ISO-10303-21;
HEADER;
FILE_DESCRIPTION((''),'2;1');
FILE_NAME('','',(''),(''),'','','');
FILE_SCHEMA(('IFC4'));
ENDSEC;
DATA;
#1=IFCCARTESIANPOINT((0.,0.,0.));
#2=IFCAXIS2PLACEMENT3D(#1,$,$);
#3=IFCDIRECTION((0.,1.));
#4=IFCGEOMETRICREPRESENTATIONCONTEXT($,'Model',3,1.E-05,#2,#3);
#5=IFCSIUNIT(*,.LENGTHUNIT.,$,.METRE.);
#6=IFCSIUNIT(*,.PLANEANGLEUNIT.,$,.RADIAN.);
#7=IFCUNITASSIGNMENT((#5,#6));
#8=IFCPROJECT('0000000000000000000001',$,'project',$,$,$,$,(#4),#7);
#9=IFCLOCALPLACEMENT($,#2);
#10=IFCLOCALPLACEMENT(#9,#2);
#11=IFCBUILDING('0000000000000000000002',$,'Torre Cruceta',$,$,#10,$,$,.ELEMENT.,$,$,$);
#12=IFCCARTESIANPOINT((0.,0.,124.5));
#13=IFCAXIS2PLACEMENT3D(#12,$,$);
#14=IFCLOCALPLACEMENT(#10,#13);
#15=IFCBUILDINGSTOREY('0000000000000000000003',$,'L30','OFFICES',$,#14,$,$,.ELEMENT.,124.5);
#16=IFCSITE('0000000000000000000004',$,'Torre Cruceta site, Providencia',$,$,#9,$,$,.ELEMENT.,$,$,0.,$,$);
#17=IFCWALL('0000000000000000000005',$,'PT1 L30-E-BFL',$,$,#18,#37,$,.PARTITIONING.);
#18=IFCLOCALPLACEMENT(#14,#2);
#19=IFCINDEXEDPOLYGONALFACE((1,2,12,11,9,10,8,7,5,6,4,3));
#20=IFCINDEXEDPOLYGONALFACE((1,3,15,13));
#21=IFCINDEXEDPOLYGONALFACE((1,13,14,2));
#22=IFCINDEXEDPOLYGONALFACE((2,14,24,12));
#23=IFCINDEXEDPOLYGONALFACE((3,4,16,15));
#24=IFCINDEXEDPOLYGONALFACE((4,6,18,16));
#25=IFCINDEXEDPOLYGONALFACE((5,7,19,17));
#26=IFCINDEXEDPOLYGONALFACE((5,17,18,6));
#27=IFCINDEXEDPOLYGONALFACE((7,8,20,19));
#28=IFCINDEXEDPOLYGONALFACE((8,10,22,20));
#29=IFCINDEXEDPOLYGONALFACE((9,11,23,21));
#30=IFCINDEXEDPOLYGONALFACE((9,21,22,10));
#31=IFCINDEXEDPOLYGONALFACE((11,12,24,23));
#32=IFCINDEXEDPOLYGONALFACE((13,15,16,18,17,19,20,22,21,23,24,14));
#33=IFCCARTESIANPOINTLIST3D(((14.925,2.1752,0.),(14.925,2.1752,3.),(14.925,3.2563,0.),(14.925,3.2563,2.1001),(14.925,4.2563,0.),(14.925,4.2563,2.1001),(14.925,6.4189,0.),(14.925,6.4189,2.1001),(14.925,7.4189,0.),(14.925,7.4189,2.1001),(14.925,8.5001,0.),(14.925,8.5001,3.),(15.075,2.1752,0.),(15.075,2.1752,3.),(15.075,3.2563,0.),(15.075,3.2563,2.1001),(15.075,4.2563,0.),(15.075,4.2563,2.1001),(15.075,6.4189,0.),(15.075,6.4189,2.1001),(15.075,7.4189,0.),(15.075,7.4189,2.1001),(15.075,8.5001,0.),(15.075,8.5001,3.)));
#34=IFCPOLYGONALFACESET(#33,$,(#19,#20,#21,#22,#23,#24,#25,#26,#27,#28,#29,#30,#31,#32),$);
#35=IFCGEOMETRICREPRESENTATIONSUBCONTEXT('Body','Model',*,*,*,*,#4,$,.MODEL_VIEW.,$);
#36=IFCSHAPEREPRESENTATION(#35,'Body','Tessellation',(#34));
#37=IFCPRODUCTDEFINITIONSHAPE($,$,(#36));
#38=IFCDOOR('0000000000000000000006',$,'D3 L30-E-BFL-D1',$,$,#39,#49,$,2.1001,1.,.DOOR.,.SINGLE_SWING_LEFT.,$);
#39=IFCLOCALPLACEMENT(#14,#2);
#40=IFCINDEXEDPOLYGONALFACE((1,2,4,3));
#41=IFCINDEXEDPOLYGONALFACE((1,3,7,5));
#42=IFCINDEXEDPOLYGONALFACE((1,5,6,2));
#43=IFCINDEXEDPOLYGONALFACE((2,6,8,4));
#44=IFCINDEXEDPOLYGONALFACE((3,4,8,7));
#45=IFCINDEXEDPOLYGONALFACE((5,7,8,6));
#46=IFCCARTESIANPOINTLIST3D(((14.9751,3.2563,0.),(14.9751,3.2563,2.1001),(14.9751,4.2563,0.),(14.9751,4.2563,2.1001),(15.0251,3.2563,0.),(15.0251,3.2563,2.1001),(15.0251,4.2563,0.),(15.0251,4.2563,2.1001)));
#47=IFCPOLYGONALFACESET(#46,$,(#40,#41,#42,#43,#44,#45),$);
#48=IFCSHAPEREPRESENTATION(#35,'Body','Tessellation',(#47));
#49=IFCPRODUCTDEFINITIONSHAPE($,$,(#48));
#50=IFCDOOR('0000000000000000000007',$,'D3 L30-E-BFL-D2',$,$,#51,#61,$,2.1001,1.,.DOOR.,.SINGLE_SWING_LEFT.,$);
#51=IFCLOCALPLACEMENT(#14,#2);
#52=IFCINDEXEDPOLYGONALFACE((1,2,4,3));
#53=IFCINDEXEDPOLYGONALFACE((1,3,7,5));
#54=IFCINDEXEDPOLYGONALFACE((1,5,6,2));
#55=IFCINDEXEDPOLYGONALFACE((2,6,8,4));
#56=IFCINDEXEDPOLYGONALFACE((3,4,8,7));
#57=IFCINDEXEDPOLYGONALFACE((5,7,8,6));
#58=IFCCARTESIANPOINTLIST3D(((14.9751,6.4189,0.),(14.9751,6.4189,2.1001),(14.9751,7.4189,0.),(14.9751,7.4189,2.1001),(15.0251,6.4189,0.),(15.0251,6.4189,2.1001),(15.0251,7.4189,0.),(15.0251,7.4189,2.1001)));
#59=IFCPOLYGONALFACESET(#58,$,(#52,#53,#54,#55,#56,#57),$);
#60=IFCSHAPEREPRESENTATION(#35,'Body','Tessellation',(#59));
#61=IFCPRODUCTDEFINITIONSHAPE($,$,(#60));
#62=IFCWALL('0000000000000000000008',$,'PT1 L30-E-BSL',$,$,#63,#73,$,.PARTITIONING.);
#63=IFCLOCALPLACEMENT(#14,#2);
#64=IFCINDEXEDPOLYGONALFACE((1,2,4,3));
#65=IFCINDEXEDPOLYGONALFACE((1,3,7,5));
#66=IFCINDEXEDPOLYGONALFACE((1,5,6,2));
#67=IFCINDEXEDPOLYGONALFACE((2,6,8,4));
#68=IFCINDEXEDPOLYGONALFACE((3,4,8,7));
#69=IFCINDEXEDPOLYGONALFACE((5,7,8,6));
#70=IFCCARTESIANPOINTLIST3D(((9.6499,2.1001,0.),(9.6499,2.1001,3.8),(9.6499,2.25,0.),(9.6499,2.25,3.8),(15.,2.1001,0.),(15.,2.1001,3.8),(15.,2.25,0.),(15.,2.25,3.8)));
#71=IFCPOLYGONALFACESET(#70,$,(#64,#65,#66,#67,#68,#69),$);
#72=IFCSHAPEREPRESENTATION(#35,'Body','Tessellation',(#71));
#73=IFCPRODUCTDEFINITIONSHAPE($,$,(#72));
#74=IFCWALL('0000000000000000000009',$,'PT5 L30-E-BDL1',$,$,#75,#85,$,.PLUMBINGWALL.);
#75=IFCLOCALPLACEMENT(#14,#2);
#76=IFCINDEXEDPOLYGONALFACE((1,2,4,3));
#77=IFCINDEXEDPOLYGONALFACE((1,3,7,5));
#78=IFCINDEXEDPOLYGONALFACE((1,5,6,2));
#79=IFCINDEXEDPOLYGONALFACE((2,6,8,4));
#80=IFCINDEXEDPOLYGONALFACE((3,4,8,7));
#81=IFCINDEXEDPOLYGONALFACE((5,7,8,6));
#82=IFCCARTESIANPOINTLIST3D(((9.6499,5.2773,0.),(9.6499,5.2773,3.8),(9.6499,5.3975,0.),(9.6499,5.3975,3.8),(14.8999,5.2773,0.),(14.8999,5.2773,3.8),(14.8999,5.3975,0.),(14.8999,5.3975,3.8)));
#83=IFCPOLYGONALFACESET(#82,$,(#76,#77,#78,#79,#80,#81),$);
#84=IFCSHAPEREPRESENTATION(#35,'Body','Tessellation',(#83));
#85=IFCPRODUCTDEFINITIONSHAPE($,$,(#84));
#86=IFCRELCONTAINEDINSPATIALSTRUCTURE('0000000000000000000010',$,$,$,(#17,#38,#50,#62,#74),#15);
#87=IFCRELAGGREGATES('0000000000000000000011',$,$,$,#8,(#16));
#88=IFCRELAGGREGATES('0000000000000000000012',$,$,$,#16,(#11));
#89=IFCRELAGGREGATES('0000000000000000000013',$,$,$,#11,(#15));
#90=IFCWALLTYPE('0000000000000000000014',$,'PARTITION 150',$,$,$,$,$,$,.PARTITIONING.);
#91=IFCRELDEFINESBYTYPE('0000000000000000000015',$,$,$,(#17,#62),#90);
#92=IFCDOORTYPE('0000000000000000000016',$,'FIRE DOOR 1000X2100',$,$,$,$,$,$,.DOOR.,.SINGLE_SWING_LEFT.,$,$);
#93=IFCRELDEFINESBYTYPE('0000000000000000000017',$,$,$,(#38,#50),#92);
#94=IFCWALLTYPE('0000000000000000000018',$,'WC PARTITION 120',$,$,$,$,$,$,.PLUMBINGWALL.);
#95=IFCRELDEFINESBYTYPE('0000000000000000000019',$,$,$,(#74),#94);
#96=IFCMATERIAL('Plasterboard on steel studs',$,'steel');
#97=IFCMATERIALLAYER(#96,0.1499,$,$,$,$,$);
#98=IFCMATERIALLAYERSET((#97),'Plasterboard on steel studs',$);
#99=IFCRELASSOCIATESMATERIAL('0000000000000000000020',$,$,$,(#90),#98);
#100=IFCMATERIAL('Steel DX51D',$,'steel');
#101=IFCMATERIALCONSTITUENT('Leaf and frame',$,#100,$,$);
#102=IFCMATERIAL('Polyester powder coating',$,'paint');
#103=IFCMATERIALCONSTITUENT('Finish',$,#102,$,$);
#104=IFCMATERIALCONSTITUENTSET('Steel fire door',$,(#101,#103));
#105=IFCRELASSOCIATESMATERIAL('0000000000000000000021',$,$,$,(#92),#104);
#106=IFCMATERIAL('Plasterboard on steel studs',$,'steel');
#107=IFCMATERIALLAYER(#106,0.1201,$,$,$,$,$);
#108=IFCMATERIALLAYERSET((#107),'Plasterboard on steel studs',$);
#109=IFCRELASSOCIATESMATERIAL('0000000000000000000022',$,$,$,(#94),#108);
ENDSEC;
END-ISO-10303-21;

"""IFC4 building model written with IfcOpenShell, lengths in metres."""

from ifc_helpers import new_model, si_unit, direction, frame, frame_2d, origin, place, context, subcontext, project, spatial, rectangle, extrude, material, layer, layer_set, constituent, constituent_set, type_object, element, fill, save


model = new_model("IFC4")

# Units and contexts
model_context = context("Model", 3, precision=1e-05, world=origin(), true_north=direction((0.0, 1.0)))
body_context = subcontext(model_context, "Body", "Model", "MODEL_VIEW")
ifc_project = project(units=[si_unit("LENGTHUNIT", "METRE"), si_unit("PLANEANGLEUNIT", "RADIAN")], contexts=[model_context])

# Site, building, storey
site_placement = place(None, origin())
site = spatial("IfcSite", under=ifc_project, at=site_placement, Name="Torre Cruceta site, Providencia", CompositionType="ELEMENT", RefElevation=0.0)
building_placement = place(site_placement, origin())
building = spatial("IfcBuilding", under=site, at=building_placement, Name="Torre Cruceta", CompositionType="ELEMENT")
storey_placement = place(building_placement, frame((0.0, 0.0, 124.5)))
storey = spatial("IfcBuildingStorey", under=building, at=storey_placement, Name="L30", Description="OFFICES", CompositionType="ELEMENT", Elevation=124.5)

# Wall, openings, doors
ifc_material_1 = material(Name="Plasterboard on steel studs", Category="steel")
ifc_layer_1 = layer(ifc_material_1, 0.1499)
ifc_layer_set_1 = layer_set([ifc_layer_1], Name="Plasterboard on steel studs")
wall_type_1 = type_object("IfcWallType", Name="PARTITION 150", PredefinedType="PARTITIONING", material=ifc_layer_set_1)
wall_1_placement = place(storey_placement, frame((15.0, 2.175, 0.0), z_axis=(0.0, 0.0, 1.0), x_axis=(0.0, 1.0, 0.0)))
wall_1 = element("IfcWall", 1, at=wall_1_placement, inside=storey, type_object=wall_type_1, Name="PT1 L30-E-BFL", PredefinedType="PARTITIONING", context=body_context, shape_type="SweptSolid", body=[
    extrude(rectangle(XDim=6.325, YDim=0.1499, at=frame_2d((3.1626, 0.0))), origin(), (0.0, 0.0, 1.0), 3.0),
])
opening_1_placement = place(wall_1_placement, frame((1.0813, 0.0, 0.0)))
opening_1 = element("IfcOpeningElement", 2, at=opening_1_placement, cuts=wall_1, PredefinedType="OPENING", context=body_context, shape_type="SweptSolid", body=[
    extrude(rectangle(XDim=1.0, YDim=2.1001, at=frame_2d((0.5, 1.05))), frame((0.0, 0.085, 0.0), z_axis=(0.0, -1.0, 0.0), x_axis=(1.0, 0.0, 0.0)), (0.0, 0.0, 1.0), 0.1699),
])
opening_2_placement = place(wall_1_placement, frame((4.2439, 0.0, 0.0)))
opening_2 = element("IfcOpeningElement", 3, at=opening_2_placement, cuts=wall_1, PredefinedType="OPENING", context=body_context, shape_type="SweptSolid", body=[
    extrude(rectangle(XDim=1.0, YDim=2.1001, at=frame_2d((0.5, 1.05))), frame((0.0, 0.085, 0.0), z_axis=(0.0, -1.0, 0.0), x_axis=(1.0, 0.0, 0.0)), (0.0, 0.0, 1.0), 0.1699),
])
ifc_material_2 = material(Name="Steel DX51D", Category="steel")
ifc_constituent_1 = constituent(ifc_material_2, Name="Leaf and frame")
ifc_material_3 = material(Name="Polyester powder coating", Category="paint")
ifc_constituent_2 = constituent(ifc_material_3, Name="Finish")
ifc_constituent_set_1 = constituent_set(constituents=[ifc_constituent_1, ifc_constituent_2], Name="Steel fire door")
door_type = type_object("IfcDoorType", Name="FIRE DOOR 1000X2100", OperationType="SINGLE_SWING_LEFT", PredefinedType="DOOR", material=ifc_constituent_set_1)
door_1_placement = place(opening_1_placement, origin())
door_1 = element("IfcDoor", 4, at=door_1_placement, inside=storey, type_object=door_type, Name="D3 L30-E-BFL-D1", OperationType="SINGLE_SWING_LEFT", OverallHeight=2.1001, OverallWidth=1.0, PredefinedType="DOOR", context=body_context, shape_type="SweptSolid", body=[
    extrude(rectangle(XDim=1.0, YDim=2.1001, at=frame_2d((0.5, 1.05))), frame((0.0, 0.0249, 0.0), z_axis=(0.0, -1.0, 0.0), x_axis=(1.0, 0.0, 0.0)), (0.0, 0.0, 1.0), 0.05),
])
fill(opening_1, door_1)
door_2_placement = place(opening_2_placement, origin())
door_2 = element("IfcDoor", 5, at=door_2_placement, inside=storey, type_object=door_type, Name="D3 L30-E-BFL-D2", OperationType="SINGLE_SWING_LEFT", OverallHeight=2.1001, OverallWidth=1.0, PredefinedType="DOOR", context=body_context, shape_type="SweptSolid", body=[
    extrude(rectangle(XDim=1.0, YDim=2.1001, at=frame_2d((0.5, 1.05))), frame((0.0, 0.0249, 0.0), z_axis=(0.0, -1.0, 0.0), x_axis=(1.0, 0.0, 0.0)), (0.0, 0.0, 1.0), 0.05),
])
fill(opening_2, door_2)

# Walls
wall_2_placement = place(storey_placement, frame((9.6499, 2.175, 0.0), z_axis=(0.0, 0.0, 1.0), x_axis=(1.0, 0.0, 0.0)))
element("IfcWall", 6, at=wall_2_placement, inside=storey, type_object=wall_type_1, Name="PT1 L30-E-BSL", PredefinedType="PARTITIONING", context=body_context, shape_type="SweptSolid", body=[
    extrude(rectangle(XDim=5.3501, YDim=0.1499, at=frame_2d((2.675, 0.0))), origin(), (0.0, 0.0, 1.0), 3.8),
])
ifc_material_4 = material(Name="Plasterboard on steel studs", Category="steel")
ifc_layer_2 = layer(ifc_material_4, 0.1201)
ifc_layer_set_2 = layer_set([ifc_layer_2], Name="Plasterboard on steel studs")
wall_type_2 = type_object("IfcWallType", Name="WC PARTITION 120", PredefinedType="PLUMBINGWALL", material=ifc_layer_set_2)
wall_3_placement = place(storey_placement, frame((9.6499, 5.3374, 0.0), z_axis=(0.0, 0.0, 1.0), x_axis=(1.0, 0.0, 0.0)))
element("IfcWall", 7, at=wall_3_placement, inside=storey, type_object=wall_type_2, Name="PT5 L30-E-BDL1", PredefinedType="PLUMBINGWALL", context=body_context, shape_type="SweptSolid", body=[
    extrude(rectangle(XDim=5.25, YDim=0.1201, at=frame_2d((2.625, 0.0))), origin(), (0.0, 0.0, 1.0), 3.8),
])

save(model, "model.ifc")
